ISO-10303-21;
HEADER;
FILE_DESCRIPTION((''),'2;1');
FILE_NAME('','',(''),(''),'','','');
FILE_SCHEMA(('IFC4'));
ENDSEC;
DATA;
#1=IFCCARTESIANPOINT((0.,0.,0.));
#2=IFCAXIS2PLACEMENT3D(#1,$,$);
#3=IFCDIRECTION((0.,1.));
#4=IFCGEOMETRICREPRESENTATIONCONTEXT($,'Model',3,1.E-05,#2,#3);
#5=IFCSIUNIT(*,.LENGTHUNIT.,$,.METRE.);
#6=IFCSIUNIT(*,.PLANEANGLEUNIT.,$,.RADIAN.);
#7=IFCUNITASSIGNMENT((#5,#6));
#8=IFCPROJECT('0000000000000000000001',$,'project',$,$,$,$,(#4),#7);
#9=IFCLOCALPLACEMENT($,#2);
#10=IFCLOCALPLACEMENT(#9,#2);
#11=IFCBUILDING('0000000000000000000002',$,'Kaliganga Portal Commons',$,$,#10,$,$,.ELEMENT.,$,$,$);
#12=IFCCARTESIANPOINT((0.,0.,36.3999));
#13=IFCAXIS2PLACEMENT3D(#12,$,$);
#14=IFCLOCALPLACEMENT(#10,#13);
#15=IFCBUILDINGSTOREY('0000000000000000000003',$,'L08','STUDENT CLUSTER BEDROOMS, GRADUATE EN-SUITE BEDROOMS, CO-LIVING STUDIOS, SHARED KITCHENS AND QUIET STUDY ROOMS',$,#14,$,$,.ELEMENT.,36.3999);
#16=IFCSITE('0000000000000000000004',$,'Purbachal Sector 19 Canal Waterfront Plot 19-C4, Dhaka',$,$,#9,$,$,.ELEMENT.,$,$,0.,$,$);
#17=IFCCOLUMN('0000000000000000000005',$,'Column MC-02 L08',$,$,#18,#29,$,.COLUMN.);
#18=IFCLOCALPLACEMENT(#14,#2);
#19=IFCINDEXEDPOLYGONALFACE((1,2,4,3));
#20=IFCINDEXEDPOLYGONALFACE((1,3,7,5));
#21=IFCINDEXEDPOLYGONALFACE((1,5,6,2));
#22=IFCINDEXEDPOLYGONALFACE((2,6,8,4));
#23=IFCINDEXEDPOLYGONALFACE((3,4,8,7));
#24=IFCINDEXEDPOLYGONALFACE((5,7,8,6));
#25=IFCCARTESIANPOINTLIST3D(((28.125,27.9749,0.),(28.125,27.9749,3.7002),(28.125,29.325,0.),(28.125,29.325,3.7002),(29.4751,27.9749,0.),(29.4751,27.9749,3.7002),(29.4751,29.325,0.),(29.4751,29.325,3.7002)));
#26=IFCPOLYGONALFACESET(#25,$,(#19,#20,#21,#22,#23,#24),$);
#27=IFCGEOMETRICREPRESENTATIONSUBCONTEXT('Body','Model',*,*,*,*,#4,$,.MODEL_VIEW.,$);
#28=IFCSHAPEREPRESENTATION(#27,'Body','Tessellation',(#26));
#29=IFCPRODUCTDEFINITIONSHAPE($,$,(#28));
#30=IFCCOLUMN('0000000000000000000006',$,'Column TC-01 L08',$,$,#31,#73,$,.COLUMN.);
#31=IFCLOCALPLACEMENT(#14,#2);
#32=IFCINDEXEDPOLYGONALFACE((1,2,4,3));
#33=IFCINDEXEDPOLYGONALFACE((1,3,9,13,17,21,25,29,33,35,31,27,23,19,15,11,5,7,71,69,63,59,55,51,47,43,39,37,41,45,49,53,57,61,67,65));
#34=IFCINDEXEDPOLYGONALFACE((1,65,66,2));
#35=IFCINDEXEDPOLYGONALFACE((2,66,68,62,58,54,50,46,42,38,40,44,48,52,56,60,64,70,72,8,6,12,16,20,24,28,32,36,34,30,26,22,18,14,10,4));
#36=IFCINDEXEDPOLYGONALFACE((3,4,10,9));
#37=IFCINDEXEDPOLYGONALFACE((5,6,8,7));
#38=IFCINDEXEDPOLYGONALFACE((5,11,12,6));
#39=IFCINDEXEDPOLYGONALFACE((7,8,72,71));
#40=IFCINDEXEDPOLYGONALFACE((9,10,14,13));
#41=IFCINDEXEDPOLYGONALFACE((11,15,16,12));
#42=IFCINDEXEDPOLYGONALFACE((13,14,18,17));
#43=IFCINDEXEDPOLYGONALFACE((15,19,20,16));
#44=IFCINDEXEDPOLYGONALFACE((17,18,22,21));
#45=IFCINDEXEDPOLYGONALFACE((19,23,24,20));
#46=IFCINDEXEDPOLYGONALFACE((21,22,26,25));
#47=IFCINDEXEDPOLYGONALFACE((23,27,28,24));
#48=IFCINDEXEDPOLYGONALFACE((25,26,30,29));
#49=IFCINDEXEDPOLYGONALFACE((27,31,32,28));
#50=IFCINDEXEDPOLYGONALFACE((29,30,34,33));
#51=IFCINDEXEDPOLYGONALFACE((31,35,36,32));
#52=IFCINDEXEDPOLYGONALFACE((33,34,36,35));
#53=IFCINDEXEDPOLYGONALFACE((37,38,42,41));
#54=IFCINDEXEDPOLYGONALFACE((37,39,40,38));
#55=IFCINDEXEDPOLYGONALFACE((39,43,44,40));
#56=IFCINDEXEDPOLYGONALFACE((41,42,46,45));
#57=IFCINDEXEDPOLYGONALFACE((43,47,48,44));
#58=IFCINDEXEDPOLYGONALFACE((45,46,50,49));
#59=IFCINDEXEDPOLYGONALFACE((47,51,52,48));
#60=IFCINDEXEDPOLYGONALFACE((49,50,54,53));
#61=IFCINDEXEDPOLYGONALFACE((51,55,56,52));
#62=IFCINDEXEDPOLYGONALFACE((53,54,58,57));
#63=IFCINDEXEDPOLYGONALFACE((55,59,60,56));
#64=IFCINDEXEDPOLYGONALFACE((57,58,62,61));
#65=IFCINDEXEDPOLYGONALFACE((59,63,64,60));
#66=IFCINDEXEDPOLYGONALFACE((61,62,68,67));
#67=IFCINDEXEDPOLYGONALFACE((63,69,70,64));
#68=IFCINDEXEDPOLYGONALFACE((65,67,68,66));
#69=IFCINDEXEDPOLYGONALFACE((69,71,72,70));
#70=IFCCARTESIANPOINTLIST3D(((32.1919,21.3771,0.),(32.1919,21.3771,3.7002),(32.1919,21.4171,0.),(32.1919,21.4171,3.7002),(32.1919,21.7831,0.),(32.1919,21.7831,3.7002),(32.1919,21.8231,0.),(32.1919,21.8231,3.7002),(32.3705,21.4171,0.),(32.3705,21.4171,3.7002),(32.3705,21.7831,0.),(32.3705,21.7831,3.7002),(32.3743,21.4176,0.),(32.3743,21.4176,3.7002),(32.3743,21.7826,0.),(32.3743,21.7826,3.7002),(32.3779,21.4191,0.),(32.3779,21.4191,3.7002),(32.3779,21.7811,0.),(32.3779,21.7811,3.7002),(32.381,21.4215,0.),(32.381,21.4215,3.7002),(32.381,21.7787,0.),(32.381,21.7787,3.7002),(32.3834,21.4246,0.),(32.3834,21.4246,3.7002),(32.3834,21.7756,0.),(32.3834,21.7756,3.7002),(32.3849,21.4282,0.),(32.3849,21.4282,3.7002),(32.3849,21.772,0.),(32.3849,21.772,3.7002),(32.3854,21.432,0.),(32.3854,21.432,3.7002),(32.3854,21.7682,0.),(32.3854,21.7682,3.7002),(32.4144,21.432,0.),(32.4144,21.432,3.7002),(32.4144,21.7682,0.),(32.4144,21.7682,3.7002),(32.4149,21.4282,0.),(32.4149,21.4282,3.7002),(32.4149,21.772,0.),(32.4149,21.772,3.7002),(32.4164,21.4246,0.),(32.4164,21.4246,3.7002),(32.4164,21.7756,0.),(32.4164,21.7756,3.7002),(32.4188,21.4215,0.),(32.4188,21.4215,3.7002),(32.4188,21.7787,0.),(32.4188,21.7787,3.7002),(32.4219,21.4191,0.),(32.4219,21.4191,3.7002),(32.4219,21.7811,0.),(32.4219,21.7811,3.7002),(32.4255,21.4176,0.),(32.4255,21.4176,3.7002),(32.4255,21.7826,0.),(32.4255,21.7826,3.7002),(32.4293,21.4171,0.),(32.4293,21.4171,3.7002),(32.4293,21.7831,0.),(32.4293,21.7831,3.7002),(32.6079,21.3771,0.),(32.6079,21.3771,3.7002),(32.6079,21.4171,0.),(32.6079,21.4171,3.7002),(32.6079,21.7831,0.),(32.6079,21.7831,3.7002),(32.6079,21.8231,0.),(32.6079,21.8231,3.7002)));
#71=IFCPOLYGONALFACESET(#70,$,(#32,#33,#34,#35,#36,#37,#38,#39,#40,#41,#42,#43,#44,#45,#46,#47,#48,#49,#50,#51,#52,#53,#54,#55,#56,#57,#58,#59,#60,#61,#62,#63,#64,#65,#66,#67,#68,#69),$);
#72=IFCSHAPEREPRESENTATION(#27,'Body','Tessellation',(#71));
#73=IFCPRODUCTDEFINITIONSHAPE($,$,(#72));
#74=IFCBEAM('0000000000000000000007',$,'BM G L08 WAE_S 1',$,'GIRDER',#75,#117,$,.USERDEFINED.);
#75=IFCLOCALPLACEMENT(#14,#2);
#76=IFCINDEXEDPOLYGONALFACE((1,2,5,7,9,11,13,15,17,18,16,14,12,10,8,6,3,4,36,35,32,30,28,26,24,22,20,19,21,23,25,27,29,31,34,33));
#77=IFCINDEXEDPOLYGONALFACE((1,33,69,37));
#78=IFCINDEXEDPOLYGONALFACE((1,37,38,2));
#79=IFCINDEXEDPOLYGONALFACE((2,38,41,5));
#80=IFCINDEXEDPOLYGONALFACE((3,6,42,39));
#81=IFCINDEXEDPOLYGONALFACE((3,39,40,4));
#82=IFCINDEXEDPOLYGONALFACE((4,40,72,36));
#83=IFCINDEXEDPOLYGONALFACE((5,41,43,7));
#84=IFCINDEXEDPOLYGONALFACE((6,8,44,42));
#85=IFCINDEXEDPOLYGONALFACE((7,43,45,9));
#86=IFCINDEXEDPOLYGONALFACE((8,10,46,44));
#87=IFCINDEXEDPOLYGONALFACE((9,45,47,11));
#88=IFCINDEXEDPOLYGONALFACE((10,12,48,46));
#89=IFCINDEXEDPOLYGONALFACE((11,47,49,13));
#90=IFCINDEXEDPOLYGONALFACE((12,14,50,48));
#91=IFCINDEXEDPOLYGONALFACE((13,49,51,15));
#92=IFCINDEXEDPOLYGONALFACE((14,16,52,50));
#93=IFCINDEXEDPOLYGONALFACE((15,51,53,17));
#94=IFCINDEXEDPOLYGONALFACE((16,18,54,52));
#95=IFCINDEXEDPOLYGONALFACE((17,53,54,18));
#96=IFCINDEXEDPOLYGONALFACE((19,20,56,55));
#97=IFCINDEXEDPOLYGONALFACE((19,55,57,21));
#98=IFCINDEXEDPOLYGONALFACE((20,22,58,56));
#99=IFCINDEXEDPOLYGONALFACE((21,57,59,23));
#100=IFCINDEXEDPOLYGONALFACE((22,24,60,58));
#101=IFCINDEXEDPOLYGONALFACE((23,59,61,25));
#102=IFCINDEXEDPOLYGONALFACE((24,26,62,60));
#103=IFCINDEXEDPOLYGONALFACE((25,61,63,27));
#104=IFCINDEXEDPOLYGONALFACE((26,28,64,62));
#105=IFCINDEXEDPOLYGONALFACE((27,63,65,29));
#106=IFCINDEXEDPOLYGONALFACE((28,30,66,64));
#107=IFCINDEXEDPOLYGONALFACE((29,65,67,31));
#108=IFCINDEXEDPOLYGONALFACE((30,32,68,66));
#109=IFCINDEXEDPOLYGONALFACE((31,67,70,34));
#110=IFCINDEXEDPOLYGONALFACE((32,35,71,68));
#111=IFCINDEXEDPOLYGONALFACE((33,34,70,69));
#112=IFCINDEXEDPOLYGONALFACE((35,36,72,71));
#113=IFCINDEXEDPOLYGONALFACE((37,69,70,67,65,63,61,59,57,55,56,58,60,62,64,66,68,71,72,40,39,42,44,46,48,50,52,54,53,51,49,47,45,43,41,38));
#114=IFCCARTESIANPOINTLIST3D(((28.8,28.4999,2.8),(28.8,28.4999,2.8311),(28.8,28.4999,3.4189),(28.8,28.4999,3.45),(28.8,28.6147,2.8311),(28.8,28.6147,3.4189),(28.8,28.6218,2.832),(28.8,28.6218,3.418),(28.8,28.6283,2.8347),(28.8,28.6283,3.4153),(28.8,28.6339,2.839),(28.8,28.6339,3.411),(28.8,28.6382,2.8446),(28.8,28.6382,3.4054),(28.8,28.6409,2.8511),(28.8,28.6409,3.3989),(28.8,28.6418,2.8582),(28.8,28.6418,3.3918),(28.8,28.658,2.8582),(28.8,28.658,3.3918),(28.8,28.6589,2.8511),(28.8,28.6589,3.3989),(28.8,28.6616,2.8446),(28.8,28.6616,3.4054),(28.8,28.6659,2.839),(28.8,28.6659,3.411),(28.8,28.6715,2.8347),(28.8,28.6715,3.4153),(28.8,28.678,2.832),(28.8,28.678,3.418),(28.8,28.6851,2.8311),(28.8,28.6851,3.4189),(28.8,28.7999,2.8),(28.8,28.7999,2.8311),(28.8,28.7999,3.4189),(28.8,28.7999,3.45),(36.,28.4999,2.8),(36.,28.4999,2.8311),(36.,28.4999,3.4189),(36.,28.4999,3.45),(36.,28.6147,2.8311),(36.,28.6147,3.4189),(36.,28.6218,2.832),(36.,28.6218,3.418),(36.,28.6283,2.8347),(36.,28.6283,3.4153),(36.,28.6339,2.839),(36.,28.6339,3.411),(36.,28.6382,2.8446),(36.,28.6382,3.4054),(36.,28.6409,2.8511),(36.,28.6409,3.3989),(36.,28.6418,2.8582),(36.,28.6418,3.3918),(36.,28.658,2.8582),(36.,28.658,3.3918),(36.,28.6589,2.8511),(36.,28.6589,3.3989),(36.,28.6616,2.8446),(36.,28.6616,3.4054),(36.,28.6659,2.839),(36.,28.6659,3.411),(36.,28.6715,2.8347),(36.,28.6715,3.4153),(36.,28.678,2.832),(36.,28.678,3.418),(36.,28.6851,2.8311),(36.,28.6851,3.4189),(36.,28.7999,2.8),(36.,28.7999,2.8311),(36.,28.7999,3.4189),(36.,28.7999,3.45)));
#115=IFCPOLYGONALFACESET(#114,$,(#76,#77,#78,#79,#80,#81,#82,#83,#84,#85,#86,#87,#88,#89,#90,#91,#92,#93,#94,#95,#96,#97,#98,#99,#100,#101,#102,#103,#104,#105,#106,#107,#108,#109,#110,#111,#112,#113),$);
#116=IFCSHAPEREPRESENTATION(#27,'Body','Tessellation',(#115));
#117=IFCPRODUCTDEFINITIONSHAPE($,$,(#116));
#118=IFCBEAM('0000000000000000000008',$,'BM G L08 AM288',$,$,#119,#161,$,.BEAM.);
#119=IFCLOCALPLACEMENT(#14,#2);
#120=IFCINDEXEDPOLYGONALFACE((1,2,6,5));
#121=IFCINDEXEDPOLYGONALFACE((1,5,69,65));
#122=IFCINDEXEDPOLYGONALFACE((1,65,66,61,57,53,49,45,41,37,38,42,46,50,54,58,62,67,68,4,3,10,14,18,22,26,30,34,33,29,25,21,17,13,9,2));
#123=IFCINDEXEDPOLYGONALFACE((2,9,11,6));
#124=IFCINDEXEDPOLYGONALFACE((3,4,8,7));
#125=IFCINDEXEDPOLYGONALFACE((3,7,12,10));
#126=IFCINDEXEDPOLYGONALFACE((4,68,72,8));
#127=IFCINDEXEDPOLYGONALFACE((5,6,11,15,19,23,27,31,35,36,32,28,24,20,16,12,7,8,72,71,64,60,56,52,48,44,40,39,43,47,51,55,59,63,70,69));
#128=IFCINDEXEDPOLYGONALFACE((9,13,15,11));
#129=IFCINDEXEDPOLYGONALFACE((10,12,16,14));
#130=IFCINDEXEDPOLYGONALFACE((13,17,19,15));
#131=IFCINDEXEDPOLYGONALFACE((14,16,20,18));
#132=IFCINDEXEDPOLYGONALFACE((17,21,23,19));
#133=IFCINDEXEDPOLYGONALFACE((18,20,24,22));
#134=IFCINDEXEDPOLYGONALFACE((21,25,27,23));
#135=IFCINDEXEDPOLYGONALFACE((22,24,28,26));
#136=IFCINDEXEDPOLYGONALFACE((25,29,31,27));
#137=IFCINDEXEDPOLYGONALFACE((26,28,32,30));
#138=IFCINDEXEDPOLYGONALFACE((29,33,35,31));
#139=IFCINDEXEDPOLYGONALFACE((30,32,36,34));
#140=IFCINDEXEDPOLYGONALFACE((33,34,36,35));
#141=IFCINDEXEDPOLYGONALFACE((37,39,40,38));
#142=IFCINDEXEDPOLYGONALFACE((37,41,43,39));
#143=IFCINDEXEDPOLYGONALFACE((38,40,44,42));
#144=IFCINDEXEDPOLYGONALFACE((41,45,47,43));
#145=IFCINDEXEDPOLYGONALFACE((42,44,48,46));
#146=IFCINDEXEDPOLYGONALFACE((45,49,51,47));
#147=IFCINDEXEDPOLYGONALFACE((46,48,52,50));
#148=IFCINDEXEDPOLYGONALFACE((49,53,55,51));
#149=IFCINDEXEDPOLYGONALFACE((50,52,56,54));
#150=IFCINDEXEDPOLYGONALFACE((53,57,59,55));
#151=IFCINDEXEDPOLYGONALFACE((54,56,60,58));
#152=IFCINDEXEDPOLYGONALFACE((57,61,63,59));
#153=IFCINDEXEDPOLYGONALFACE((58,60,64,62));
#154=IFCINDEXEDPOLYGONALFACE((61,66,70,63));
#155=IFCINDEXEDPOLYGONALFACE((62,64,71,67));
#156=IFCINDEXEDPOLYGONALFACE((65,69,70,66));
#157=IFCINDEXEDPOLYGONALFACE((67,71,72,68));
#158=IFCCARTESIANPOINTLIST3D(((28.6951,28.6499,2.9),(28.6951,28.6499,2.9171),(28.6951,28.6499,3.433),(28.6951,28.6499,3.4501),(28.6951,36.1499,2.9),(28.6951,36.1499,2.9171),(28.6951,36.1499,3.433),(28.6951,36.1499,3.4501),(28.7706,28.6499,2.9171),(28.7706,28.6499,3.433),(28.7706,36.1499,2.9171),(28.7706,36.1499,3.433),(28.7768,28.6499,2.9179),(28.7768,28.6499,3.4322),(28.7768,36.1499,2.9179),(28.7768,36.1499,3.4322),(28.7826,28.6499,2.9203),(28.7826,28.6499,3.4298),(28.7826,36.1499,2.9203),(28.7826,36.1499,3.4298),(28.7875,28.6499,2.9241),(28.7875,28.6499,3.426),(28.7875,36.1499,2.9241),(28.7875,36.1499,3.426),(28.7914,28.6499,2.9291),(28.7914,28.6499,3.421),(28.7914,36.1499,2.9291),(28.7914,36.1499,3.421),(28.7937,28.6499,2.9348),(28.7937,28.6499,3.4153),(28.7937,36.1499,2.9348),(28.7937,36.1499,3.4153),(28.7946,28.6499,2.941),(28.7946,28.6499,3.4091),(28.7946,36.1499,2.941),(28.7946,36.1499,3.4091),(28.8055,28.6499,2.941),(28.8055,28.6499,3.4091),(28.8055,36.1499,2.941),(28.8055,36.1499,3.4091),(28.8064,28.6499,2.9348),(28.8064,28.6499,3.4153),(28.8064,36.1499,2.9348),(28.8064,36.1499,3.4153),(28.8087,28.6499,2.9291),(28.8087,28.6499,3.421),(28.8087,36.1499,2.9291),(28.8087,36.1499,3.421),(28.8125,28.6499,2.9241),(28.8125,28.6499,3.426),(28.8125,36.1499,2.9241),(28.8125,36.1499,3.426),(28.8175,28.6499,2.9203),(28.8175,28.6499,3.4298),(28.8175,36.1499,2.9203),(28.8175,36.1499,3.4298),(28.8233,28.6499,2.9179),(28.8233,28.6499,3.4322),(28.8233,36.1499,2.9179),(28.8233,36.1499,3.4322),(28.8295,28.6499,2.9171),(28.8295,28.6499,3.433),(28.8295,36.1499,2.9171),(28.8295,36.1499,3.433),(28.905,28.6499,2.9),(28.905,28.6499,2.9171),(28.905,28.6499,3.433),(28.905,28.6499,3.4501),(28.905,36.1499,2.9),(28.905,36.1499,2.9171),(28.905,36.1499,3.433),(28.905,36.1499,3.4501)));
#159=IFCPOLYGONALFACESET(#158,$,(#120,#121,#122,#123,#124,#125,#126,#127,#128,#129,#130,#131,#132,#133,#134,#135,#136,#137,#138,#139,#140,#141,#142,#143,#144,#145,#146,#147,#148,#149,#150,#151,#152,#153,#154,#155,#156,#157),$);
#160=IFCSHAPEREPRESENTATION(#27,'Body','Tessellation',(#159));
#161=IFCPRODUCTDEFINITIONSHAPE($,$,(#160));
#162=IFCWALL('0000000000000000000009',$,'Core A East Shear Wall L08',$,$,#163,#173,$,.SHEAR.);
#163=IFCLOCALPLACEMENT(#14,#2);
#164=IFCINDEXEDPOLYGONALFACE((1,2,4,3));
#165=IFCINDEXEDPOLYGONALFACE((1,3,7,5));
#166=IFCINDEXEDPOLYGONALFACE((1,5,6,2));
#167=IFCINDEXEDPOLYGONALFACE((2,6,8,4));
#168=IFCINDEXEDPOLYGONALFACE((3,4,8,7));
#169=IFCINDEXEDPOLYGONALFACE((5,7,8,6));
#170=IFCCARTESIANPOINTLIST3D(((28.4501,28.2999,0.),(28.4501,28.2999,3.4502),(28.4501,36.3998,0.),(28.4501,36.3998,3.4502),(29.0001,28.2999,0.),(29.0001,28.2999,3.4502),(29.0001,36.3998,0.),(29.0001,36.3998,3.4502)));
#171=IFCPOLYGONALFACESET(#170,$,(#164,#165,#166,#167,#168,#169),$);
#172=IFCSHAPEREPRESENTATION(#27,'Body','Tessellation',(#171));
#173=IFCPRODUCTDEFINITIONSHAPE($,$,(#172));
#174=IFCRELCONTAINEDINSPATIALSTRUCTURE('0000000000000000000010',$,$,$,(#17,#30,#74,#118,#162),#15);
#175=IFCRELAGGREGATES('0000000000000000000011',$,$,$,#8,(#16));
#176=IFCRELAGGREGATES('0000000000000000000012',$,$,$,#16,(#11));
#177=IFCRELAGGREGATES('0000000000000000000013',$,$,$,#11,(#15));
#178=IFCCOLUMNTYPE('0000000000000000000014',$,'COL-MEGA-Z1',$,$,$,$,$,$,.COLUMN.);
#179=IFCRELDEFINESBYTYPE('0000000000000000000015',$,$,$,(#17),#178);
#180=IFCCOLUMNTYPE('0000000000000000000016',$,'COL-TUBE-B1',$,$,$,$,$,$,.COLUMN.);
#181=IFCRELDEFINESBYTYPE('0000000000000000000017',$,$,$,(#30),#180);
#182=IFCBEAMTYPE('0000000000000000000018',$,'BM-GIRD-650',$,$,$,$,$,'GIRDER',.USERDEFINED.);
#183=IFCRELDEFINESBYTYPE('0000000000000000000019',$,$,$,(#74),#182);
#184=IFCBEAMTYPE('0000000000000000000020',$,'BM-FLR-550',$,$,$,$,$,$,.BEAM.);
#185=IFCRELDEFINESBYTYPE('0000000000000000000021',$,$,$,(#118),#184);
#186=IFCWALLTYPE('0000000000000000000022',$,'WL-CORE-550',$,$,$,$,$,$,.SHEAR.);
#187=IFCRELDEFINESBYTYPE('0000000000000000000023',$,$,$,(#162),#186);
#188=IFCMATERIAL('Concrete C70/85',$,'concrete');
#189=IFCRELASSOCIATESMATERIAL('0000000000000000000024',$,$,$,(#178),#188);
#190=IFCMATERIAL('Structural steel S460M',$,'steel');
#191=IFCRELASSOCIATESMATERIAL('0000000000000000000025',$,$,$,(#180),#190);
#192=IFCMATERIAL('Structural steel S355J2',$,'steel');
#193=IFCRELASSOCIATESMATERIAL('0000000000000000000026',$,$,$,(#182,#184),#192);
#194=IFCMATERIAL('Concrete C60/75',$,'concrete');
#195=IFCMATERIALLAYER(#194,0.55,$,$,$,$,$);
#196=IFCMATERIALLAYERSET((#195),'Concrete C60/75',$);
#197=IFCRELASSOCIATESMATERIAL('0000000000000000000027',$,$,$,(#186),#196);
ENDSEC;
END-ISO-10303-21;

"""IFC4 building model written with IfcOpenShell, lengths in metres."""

from ifc_helpers import new_model, si_unit, direction, frame, frame_2d, origin, origin_2d, place, context, subcontext, project, spatial, rectangle, i_section, extrude, source, transform, mapped, material, layer, layer_set, material_profile, profile_set, type_object, element, save


model = new_model("IFC4")

# Units and contexts
model_context = context("Model", 3, precision=1e-05, world=origin(), true_north=direction((0.0, 1.0)))
body_context = subcontext(model_context, "Body", "Model", "MODEL_VIEW")
ifc_project = project(units=[si_unit("LENGTHUNIT", "METRE"), si_unit("PLANEANGLEUNIT", "RADIAN")], contexts=[model_context])

# Site, building, storey
site_placement = place(None, origin())
site = spatial("IfcSite", under=ifc_project, at=site_placement, Name="Purbachal Sector 19 Canal Waterfront Plot 19-C4, Dhaka", CompositionType="ELEMENT", RefElevation=0.0)
building_placement = place(site_placement, origin())
building = spatial("IfcBuilding", under=site, at=building_placement, Name="Kaliganga Portal Commons", CompositionType="ELEMENT")
storey_placement = place(building_placement, frame((0.0, 0.0, 36.3999)))
storey = spatial("IfcBuildingStorey", under=building, at=storey_placement, Name="L08", Description="STUDENT CLUSTER BEDROOMS, GRADUATE EN-SUITE BEDROOMS, CO-LIVING STUDIOS, SHARED KITCHENS AND QUIET STUDY ROOMS", CompositionType="ELEMENT", Elevation=36.3999)

# Columns
ifc_material_1 = material(Name="Concrete C70/85", Category="concrete")
ifc_material_profile_1 = material_profile(ifc_material_1, rectangle(XDim=1.3501, YDim=1.3501, at=origin_2d()), Name="RC 1350x1350")
ifc_profile_set_1 = profile_set([ifc_material_profile_1], Name="Concrete C70/85")
column_type_1 = type_object("IfcColumnType", Name="COL-MEGA-Z1", PredefinedType="COLUMN", material=ifc_profile_set_1)
shared_shape_1 = source(origin(), body_context, "Body", "SweptSolid", [
    extrude(rectangle(XDim=1.3501, YDim=1.3501, at=origin_2d()), origin(), (0.0, 0.0, 1.0), 3.7002),
])
column_1_placement = place(storey_placement, frame((28.8, 28.6499, 0.0), z_axis=(0.0, 0.0, 1.0), x_axis=(1.0, 0.0, 0.0)))
element("IfcColumn", 1, at=column_1_placement, inside=storey, type_object=column_type_1, Name="Column MC-02 L08", PredefinedType="COLUMN", context=body_context, shape_type="MappedRepresentation", body=[
    mapped(shared_shape_1, transform((0.0, 0.0, 0.0), x_axis=(1.0, 0.0, 0.0), y_axis=(0.0, 1.0, 0.0), z_axis=(0.0, 0.0, 1.0), scale=1.0)),
])
ifc_material_2 = material(Name="Structural steel S460M", Category="steel")
ifc_material_profile_2 = material_profile(ifc_material_2, i_section(OverallWidth=0.416, OverallDepth=0.446, WebThickness=0.0291, FlangeThickness=0.04, FilletRadius=0.0149, at=origin_2d()), Name="HD 400x509")
ifc_profile_set_2 = profile_set([ifc_material_profile_2], Name="Structural steel S460M wide-flange")
column_type_2 = type_object("IfcColumnType", Name="COL-TUBE-B1", PredefinedType="COLUMN", material=ifc_profile_set_2)
shared_shape_2 = source(origin(), body_context, "Body", "SweptSolid", [
    extrude(i_section(OverallWidth=0.416, OverallDepth=0.446, WebThickness=0.0291, FlangeThickness=0.04, FilletRadius=0.0149, at=origin_2d()), origin(), (0.0, 0.0, 1.0), 3.7002),
])
column_2_placement = place(storey_placement, frame((32.3999, 21.6001, 0.0), z_axis=(0.0, 0.0, 1.0), x_axis=(1.0, 0.0, 0.0)))
element("IfcColumn", 2, at=column_2_placement, inside=storey, type_object=column_type_2, Name="Column TC-01 L08", PredefinedType="COLUMN", context=body_context, shape_type="MappedRepresentation", body=[
    mapped(shared_shape_2, transform((0.0, 0.0, 0.0), x_axis=(1.0, 0.0, 0.0), y_axis=(0.0, 1.0, 0.0), z_axis=(0.0, 0.0, 1.0), scale=1.0)),
])

# Beams
ifc_material_3 = material(Name="Structural steel S355J2", Category="steel")
ifc_material_profile_3 = material_profile(ifc_material_3, i_section(OverallWidth=0.3, OverallDepth=0.6499, WebThickness=0.0161, FlangeThickness=0.031, FilletRadius=0.0271, at=origin_2d()), Name="HE 650 B")
ifc_profile_set_3 = profile_set([ifc_material_profile_3], Name="Structural steel S355J2 wide-flange")
beam_type_1 = type_object("IfcBeamType", Name="BM-GIRD-650", ElementType="GIRDER", PredefinedType="USERDEFINED", material=ifc_profile_set_3)
shared_shape_3 = source(origin(), body_context, "Body", "SweptSolid", [
    extrude(i_section(OverallWidth=0.3, OverallDepth=0.6499, WebThickness=0.0161, FlangeThickness=0.031, FilletRadius=0.0271, at=origin_2d()), origin(), (0.0, 0.0, 1.0), 7.2),
])
beam_1_placement = place(storey_placement, frame((28.8, 28.6499, 3.125), z_axis=(1.0, 0.0, 0.0), x_axis=(0.0, 1.0, 0.0)))
element("IfcBeam", 3, at=beam_1_placement, inside=storey, type_object=beam_type_1, Name="BM G L08 WAE_S 1", ObjectType="GIRDER", PredefinedType="USERDEFINED", context=body_context, shape_type="MappedRepresentation", body=[
    mapped(shared_shape_3, transform((0.0, 0.0, 0.0), x_axis=(1.0, 0.0, 0.0), y_axis=(0.0, 1.0, 0.0), z_axis=(0.0, 0.0, 1.0), scale=1.0)),
])
ifc_material_profile_4 = material_profile(ifc_material_3, i_section(OverallWidth=0.21, OverallDepth=0.55, WebThickness=0.011, FlangeThickness=0.0171, FilletRadius=0.0239, at=origin_2d()), Name="IPE 550")
ifc_profile_set_4 = profile_set([ifc_material_profile_4], Name="Structural steel S355J2 wide-flange")
beam_type_2 = type_object("IfcBeamType", Name="BM-FLR-550", PredefinedType="BEAM", material=ifc_profile_set_4)
shared_shape_4 = source(origin(), body_context, "Body", "SweptSolid", [
    extrude(i_section(OverallWidth=0.21, OverallDepth=0.55, WebThickness=0.011, FlangeThickness=0.0171, FilletRadius=0.0239, at=origin_2d()), origin(), (0.0, 0.0, 1.0), 7.5),
])
beam_2_placement = place(storey_placement, frame((28.8, 28.6499, 3.175), z_axis=(0.0, 1.0, 0.0), x_axis=(-1.0, 0.0, 0.0)))
element("IfcBeam", 4, at=beam_2_placement, inside=storey, type_object=beam_type_2, Name="BM G L08 AM288", PredefinedType="BEAM", context=body_context, shape_type="MappedRepresentation", body=[
    mapped(shared_shape_4, transform((0.0, 0.0, 0.0), x_axis=(1.0, 0.0, 0.0), y_axis=(0.0, 1.0, 0.0), z_axis=(0.0, 0.0, 1.0), scale=1.0)),
])

# Wall
ifc_material_4 = material(Name="Concrete C60/75", Category="concrete")
ifc_layer_1 = layer(ifc_material_4, 0.55)
ifc_layer_set_1 = layer_set([ifc_layer_1], Name="Concrete C60/75")
wall_type_1 = type_object("IfcWallType", Name="WL-CORE-550", PredefinedType="SHEAR", material=ifc_layer_set_1)
wall_1_placement = place(storey_placement, frame((28.7251, 28.3, 0.0), z_axis=(0.0, 0.0, 1.0), x_axis=(0.0, 1.0, 0.0)))
element("IfcWall", 5, at=wall_1_placement, inside=storey, type_object=wall_type_1, Name="Core A East Shear Wall L08", PredefinedType="SHEAR", context=body_context, shape_type="SweptSolid", body=[
    extrude(rectangle(XDim=8.0999, YDim=0.55, at=frame_2d((4.0498, 0.0))), origin(), (0.0, 0.0, 1.0), 3.4502),
])

save(model, "model.ifc")
